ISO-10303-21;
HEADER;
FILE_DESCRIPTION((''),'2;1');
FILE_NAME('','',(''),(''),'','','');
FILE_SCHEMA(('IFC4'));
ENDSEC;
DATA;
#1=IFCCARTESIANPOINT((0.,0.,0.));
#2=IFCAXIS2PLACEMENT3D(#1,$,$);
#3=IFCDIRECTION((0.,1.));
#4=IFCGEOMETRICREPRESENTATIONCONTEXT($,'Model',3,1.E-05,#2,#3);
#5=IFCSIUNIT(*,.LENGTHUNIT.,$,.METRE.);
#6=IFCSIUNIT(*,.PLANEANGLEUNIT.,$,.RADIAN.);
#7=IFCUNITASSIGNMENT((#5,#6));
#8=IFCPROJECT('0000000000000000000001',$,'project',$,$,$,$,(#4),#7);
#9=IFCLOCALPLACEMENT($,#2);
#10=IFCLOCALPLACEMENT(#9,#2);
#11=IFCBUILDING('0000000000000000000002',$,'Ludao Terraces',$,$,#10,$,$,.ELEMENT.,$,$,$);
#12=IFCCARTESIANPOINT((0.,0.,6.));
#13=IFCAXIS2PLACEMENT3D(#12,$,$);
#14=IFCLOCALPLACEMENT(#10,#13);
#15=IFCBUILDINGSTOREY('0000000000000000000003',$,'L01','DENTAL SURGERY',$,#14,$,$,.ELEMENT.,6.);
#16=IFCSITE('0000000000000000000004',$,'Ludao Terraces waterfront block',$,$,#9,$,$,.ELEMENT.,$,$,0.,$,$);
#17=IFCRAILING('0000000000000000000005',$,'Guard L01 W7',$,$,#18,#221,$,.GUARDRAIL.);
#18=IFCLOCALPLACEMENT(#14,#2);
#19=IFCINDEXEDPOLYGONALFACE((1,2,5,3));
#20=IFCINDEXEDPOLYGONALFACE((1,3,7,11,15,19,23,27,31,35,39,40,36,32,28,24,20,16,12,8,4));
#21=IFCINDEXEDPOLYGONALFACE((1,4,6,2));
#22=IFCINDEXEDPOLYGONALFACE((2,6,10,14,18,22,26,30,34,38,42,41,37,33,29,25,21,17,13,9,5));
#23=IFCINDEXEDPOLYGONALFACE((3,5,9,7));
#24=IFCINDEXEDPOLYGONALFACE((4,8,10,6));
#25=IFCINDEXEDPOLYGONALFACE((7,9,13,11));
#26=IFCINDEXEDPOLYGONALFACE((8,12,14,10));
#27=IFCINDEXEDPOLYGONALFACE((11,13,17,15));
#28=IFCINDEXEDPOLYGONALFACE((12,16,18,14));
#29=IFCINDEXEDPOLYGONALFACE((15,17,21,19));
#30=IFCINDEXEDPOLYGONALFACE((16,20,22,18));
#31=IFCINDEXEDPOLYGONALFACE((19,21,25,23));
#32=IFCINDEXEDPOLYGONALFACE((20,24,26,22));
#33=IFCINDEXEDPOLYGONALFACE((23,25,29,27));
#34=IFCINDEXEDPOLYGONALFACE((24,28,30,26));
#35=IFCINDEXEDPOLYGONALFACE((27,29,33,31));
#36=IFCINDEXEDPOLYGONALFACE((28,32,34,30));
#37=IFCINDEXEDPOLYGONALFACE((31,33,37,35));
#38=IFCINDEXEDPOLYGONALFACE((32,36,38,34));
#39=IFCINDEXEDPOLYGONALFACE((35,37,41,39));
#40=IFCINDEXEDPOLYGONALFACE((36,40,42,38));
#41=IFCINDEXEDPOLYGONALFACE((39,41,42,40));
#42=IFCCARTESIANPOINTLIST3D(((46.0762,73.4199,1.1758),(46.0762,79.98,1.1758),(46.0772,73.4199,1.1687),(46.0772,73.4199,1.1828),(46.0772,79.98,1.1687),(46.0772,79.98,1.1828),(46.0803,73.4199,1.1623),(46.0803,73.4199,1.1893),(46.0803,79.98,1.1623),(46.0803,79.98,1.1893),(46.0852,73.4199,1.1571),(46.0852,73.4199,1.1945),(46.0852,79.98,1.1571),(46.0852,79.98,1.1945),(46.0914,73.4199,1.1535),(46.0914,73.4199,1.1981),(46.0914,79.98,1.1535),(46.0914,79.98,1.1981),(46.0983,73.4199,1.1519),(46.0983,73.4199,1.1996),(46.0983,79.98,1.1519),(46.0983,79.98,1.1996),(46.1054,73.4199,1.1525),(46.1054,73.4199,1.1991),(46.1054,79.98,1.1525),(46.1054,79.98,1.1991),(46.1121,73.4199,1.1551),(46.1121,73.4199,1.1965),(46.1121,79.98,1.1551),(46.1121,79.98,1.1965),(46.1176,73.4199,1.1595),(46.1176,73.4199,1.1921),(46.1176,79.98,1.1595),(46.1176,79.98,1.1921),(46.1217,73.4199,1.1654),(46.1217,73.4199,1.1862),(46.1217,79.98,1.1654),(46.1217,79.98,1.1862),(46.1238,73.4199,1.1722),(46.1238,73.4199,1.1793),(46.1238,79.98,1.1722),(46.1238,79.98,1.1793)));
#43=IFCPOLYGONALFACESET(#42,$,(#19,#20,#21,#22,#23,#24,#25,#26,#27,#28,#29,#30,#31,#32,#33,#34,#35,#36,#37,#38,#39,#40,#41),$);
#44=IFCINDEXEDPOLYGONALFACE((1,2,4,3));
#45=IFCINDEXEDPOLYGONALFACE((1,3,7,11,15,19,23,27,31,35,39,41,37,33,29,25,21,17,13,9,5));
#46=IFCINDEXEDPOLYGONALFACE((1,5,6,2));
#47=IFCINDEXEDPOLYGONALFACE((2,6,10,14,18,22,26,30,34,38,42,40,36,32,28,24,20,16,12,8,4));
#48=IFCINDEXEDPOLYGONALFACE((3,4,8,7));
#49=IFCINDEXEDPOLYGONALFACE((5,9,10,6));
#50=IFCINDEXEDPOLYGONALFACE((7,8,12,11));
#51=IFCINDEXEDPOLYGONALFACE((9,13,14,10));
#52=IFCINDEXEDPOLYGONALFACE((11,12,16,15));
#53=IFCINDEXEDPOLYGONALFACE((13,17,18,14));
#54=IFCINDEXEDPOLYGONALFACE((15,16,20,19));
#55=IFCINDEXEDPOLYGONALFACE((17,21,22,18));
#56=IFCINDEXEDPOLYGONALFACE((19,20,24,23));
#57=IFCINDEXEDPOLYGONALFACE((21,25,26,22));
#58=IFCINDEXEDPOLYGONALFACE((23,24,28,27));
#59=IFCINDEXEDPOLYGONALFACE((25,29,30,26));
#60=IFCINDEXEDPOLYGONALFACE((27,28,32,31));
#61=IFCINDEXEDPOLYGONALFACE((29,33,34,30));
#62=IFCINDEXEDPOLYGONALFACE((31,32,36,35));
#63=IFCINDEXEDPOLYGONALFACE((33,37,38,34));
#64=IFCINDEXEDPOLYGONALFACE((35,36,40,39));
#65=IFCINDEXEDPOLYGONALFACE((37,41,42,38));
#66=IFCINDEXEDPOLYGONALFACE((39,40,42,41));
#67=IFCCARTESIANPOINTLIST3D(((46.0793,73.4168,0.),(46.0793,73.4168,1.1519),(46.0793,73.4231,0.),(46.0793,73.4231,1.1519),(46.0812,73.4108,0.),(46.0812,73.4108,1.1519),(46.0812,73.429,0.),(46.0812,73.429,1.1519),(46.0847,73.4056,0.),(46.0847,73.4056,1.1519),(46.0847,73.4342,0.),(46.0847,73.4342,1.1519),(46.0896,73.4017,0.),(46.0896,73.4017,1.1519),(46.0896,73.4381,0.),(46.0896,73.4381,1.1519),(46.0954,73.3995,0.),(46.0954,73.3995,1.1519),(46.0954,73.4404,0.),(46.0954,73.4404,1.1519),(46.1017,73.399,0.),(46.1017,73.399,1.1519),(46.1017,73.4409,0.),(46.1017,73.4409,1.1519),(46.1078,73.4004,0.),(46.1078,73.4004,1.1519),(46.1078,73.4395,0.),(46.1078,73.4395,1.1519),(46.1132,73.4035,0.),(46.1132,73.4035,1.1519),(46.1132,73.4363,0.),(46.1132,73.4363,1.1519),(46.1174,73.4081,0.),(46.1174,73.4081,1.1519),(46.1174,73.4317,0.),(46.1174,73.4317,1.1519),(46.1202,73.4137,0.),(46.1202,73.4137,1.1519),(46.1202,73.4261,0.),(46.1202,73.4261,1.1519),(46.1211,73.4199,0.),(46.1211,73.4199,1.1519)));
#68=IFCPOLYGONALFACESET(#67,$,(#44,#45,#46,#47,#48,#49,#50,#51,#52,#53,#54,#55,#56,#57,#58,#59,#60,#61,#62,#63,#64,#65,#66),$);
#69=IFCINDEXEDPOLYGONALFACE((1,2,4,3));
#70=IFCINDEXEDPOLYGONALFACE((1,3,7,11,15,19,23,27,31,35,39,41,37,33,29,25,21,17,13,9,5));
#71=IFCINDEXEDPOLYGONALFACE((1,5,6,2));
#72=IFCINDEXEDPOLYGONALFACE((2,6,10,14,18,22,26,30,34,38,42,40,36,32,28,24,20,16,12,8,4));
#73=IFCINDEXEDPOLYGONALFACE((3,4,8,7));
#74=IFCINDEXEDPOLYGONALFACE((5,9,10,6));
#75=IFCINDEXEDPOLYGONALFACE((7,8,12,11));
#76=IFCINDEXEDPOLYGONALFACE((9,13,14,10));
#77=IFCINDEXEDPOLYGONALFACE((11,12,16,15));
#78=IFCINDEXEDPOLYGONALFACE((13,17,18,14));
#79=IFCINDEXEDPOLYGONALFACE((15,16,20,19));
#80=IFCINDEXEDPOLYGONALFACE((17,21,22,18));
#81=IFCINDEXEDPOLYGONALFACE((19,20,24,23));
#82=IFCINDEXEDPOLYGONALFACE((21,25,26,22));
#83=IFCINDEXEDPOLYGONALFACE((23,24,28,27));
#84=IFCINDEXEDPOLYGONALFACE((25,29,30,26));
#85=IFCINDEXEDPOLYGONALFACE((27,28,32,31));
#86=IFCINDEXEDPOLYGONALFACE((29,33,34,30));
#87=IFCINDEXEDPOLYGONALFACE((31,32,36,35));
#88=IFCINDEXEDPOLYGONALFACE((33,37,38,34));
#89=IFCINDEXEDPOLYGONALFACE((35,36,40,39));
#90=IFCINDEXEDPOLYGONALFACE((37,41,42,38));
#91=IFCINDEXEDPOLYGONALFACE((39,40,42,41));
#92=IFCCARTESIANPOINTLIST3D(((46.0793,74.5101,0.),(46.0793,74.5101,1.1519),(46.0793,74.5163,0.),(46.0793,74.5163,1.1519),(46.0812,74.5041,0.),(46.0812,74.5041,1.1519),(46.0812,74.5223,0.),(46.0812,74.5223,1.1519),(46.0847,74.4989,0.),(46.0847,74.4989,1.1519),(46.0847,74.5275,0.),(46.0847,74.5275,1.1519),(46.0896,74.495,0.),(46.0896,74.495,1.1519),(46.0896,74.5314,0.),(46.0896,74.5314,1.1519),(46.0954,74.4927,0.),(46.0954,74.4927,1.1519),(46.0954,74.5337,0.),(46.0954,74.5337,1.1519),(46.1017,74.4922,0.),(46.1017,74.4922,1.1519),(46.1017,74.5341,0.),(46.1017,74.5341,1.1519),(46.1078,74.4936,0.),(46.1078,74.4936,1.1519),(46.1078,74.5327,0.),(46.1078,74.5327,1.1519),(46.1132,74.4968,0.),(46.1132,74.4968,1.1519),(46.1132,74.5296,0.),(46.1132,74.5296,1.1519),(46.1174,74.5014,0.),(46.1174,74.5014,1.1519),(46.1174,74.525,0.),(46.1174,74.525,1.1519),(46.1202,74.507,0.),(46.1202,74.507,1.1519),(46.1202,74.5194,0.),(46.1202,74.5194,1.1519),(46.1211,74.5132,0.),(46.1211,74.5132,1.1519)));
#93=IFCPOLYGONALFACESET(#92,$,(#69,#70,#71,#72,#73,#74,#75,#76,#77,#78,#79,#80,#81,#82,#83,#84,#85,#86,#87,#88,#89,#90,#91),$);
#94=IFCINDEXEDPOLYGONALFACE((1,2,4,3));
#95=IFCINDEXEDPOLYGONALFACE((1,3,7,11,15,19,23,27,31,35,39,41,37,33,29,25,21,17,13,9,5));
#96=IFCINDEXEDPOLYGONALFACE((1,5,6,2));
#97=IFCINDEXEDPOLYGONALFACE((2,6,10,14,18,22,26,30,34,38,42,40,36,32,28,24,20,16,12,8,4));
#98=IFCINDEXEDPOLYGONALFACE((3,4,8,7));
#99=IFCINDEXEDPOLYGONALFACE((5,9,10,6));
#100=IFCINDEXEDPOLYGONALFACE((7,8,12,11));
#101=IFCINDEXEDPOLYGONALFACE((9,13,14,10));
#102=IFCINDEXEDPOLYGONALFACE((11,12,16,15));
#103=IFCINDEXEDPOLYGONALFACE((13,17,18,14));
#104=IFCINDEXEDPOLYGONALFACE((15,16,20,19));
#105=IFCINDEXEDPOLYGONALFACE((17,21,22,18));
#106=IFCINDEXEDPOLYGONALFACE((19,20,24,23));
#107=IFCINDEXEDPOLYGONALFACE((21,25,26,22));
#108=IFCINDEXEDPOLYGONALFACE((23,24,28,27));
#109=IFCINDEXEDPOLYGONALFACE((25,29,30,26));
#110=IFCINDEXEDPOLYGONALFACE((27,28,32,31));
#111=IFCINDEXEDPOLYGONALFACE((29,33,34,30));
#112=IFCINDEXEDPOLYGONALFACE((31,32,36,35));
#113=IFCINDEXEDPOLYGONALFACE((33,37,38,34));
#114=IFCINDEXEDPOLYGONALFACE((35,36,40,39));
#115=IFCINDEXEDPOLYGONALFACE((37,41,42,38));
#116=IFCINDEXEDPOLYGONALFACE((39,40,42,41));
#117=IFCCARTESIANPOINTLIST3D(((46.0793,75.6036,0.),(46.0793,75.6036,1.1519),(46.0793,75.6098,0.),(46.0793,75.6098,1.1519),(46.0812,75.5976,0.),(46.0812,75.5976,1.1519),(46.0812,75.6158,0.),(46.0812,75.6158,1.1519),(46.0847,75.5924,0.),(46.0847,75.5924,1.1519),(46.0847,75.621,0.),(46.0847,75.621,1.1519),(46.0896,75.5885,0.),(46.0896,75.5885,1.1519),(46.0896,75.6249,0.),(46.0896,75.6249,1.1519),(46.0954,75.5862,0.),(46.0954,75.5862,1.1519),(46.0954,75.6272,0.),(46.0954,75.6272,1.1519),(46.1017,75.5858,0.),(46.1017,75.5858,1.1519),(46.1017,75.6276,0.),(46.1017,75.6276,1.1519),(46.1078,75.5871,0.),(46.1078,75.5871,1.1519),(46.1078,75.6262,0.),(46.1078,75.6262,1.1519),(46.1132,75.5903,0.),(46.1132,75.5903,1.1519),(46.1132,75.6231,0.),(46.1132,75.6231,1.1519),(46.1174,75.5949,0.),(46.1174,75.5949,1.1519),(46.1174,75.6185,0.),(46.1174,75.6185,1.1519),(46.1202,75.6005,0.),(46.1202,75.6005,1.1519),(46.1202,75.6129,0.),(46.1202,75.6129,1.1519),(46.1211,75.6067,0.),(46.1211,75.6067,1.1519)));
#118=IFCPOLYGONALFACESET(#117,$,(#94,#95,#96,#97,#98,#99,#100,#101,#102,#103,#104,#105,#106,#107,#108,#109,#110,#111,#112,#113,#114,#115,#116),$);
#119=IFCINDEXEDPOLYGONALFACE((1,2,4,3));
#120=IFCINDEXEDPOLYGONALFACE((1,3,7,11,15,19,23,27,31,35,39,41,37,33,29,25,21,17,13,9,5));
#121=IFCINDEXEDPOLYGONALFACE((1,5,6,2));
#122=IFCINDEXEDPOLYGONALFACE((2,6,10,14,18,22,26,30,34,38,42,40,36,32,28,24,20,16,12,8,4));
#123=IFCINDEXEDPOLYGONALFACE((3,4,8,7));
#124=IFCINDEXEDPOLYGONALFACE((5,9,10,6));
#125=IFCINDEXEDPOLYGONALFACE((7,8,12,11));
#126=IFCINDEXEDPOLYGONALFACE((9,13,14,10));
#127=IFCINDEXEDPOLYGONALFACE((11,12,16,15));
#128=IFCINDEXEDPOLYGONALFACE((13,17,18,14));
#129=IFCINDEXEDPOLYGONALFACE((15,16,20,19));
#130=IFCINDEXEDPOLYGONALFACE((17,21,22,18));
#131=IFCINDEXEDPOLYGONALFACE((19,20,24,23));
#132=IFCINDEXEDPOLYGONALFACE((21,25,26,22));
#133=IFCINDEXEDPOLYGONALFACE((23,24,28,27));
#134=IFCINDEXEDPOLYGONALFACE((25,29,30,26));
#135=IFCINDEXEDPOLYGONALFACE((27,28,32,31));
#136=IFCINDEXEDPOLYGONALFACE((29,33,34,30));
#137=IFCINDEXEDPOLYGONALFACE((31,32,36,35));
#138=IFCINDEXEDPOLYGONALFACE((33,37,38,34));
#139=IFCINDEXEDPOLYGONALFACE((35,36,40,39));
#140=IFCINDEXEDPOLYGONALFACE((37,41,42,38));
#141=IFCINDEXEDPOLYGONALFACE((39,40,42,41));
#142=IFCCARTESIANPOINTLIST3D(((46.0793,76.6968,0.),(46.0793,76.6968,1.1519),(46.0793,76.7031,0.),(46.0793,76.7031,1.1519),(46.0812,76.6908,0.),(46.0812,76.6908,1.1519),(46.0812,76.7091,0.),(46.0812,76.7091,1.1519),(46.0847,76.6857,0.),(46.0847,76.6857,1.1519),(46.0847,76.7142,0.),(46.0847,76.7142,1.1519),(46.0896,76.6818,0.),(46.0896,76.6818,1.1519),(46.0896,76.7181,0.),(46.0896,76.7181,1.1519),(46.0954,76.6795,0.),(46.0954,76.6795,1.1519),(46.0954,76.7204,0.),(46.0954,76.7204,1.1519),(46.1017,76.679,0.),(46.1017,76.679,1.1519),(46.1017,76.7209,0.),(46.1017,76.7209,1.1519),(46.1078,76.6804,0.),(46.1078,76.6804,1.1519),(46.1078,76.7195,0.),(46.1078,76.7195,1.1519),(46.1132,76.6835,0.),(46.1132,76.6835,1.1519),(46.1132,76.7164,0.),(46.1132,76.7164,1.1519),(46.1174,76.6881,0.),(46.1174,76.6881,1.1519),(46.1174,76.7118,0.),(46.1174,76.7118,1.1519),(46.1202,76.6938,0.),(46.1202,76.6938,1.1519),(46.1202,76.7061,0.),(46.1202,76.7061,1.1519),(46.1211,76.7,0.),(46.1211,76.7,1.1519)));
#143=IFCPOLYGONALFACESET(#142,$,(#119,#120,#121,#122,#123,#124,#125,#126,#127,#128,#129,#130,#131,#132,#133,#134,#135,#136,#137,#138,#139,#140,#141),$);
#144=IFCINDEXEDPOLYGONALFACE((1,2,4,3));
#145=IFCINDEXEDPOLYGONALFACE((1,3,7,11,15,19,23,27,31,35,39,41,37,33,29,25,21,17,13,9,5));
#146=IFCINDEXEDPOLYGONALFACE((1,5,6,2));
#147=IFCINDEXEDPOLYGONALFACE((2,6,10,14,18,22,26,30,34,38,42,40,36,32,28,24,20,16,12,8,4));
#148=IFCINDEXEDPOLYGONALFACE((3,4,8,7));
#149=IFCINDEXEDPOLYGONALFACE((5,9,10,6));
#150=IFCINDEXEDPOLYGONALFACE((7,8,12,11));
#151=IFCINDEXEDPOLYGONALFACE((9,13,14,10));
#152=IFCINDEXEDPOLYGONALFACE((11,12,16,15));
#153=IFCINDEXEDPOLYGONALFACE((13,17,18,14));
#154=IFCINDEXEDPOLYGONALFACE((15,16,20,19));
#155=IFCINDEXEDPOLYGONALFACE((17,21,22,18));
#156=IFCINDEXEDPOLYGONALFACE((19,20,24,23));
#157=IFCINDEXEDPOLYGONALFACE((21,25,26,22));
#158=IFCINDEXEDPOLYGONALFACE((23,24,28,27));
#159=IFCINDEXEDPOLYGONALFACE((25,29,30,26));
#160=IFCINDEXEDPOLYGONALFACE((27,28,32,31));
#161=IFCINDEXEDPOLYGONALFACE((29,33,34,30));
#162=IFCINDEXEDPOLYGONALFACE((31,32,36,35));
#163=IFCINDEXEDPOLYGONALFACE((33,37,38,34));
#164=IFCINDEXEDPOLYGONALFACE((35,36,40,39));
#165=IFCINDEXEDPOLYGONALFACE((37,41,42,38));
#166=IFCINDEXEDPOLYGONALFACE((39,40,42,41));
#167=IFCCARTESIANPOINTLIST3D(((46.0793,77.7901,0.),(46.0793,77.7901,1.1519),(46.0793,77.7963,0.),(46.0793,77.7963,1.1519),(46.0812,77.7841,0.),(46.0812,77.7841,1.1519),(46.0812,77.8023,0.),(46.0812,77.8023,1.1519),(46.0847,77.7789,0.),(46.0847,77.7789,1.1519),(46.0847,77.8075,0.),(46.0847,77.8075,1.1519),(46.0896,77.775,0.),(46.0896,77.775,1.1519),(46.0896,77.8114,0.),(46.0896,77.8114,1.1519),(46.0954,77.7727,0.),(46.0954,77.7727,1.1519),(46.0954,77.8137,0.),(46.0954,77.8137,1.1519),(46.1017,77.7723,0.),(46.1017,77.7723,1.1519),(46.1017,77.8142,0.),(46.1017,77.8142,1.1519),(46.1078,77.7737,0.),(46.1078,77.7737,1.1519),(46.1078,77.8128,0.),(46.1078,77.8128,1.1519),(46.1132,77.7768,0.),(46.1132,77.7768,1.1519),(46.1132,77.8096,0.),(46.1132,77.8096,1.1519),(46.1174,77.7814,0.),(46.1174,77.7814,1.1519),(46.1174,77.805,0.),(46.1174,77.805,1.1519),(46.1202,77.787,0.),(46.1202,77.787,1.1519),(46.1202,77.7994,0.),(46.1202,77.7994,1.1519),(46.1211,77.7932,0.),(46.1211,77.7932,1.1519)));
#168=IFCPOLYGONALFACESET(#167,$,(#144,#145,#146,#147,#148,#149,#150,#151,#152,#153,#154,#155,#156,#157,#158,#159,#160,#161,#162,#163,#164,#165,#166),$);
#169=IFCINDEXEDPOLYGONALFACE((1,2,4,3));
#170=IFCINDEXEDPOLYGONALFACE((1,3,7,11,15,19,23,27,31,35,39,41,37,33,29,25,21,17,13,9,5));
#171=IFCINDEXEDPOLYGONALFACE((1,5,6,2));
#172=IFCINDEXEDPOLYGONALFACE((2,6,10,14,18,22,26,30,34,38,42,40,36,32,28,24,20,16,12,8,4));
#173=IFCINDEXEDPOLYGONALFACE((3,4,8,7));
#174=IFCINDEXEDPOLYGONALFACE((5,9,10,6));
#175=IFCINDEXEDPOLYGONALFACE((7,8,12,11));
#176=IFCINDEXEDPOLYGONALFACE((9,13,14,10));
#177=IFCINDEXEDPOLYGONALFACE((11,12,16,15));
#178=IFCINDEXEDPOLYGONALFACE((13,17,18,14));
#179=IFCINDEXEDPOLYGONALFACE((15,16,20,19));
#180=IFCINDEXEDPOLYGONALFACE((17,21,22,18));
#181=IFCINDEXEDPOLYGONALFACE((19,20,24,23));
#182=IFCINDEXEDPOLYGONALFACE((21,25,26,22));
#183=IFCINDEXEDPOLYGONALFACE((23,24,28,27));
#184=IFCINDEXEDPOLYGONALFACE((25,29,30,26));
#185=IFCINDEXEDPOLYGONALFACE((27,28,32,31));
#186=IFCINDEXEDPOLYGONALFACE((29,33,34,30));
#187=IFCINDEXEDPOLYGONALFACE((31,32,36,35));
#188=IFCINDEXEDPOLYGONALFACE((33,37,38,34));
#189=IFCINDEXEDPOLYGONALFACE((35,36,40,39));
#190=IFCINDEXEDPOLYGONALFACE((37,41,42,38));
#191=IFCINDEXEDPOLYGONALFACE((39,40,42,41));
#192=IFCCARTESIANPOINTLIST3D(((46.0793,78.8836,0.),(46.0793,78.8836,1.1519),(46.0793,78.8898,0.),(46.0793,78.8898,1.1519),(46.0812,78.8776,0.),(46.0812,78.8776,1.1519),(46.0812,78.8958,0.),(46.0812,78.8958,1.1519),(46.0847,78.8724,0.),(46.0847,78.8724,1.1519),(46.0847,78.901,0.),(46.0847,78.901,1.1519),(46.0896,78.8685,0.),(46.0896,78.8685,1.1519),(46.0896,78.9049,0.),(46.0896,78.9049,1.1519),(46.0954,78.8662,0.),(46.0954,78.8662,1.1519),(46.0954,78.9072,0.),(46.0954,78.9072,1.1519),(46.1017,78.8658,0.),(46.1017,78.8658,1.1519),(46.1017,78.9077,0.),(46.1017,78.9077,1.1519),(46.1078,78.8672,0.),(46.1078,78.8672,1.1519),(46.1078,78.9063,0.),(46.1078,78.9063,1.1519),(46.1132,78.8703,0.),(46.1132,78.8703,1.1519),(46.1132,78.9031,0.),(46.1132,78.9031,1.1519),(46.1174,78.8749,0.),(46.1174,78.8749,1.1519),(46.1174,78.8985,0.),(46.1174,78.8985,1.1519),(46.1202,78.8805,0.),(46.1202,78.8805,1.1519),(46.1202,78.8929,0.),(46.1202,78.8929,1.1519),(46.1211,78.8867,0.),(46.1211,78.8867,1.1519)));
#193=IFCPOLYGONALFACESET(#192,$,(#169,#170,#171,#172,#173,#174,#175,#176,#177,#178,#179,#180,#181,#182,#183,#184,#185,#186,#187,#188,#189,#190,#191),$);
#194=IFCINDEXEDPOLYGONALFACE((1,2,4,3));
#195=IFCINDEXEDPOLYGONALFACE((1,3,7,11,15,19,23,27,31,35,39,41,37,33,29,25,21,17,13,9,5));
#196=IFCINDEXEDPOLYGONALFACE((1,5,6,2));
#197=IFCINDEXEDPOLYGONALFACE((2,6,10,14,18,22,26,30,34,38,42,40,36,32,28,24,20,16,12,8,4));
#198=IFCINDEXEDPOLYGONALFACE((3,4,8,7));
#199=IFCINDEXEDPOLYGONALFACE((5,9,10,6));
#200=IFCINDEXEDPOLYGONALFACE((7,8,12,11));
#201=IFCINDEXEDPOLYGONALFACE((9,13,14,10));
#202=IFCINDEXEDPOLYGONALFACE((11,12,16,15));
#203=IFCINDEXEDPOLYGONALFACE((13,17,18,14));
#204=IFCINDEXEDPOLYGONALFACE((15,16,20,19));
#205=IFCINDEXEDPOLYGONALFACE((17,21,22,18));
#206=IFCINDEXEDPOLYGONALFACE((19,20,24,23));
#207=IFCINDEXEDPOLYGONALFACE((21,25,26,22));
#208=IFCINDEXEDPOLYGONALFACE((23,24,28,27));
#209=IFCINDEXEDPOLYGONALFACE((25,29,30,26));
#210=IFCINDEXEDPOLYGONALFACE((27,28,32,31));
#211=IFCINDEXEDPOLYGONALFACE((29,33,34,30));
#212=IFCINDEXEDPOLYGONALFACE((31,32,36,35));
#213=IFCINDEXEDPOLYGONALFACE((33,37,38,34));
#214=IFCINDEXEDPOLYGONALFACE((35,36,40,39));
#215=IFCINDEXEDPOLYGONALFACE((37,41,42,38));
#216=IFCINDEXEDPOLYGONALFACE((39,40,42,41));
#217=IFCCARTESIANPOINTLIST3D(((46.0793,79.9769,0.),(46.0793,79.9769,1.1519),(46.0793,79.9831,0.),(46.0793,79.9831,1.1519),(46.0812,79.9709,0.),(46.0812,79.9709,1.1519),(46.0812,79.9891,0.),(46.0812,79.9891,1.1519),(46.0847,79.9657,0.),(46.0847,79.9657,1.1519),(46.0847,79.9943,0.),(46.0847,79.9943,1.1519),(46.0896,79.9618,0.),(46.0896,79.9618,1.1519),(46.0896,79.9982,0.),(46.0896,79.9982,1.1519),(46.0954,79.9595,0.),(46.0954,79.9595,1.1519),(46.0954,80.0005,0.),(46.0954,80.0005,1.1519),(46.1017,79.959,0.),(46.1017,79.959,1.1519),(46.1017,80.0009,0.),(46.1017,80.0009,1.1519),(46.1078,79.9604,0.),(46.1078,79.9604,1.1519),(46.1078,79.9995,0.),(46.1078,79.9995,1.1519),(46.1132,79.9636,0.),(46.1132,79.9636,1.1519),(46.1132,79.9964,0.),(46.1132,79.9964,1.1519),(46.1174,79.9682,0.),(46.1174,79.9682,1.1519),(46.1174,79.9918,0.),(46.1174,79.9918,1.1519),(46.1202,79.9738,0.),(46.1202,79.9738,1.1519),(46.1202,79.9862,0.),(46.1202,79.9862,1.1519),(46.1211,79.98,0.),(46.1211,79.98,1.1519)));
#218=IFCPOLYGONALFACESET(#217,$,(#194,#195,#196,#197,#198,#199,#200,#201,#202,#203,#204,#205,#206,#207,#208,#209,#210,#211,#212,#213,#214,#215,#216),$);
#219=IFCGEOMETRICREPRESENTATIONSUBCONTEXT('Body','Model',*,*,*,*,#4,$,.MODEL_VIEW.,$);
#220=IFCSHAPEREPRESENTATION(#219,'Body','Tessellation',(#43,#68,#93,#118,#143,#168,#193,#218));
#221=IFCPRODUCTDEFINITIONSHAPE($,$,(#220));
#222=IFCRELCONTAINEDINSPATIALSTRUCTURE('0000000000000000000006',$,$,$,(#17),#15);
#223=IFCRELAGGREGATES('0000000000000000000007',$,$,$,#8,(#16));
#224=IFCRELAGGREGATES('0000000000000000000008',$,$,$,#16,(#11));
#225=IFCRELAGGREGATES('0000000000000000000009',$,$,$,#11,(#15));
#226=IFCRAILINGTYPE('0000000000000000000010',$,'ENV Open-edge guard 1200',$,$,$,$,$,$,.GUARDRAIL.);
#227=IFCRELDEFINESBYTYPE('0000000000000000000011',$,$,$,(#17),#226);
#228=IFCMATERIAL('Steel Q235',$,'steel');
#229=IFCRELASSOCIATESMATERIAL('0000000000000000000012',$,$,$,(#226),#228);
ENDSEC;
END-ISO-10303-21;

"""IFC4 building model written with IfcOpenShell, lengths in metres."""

from ifc_helpers import new_model, si_unit, direction, frame, origin, origin_2d, place, context, subcontext, project, spatial, circle, extrude, material, type_object, element, save


model = new_model("IFC4")

# Units and contexts
model_context = context("Model", 3, precision=1e-05, world=origin(), true_north=direction((0.0, 1.0)))
body_context = subcontext(model_context, "Body", "Model", "MODEL_VIEW")
ifc_project = project(units=[si_unit("LENGTHUNIT", "METRE"), si_unit("PLANEANGLEUNIT", "RADIAN")], contexts=[model_context])

# Site, building, storey
site_placement = place(None, origin())
site = spatial("IfcSite", under=ifc_project, at=site_placement, Name="Ludao Terraces waterfront block", CompositionType="ELEMENT", RefElevation=0.0)
building_placement = place(site_placement, origin())
building = spatial("IfcBuilding", under=site, at=building_placement, Name="Ludao Terraces", CompositionType="ELEMENT")
storey_placement = place(building_placement, frame((0.0, 0.0, 6.0)))
storey = spatial("IfcBuildingStorey", under=building, at=storey_placement, Name="L01", Description="DENTAL SURGERY", CompositionType="ELEMENT", Elevation=6.0)

# Shared definitions
ifc_material_1 = material(Name="Steel Q235", Category="steel")

# Railing
railing_type = type_object("IfcRailingType", Name="ENV Open-edge guard 1200", PredefinedType="GUARDRAIL", material=ifc_material_1)
railing_placement = place(storey_placement, frame((46.1001, 73.4199, 0.0)))
element("IfcRailing", 1, at=railing_placement, inside=storey, type_object=railing_type, Name="Guard L01 W7", PredefinedType="GUARDRAIL", context=body_context, shape_type="SweptSolid", body=[
    extrude(circle(Radius=0.0239, at=origin_2d()), frame((0.0, 0.0, 1.1758), z_axis=(0.0, 1.0, 0.0), x_axis=(-1.0, 0.0, 0.0)), (0.0, 0.0, 1.0), 6.5601),
    extrude(circle(Radius=0.021, at=origin_2d()), origin(), (0.0, 0.0, 1.0), 1.1519),
    extrude(circle(Radius=0.021, at=origin_2d()), frame((0.0, 1.0933, 0.0)), (0.0, 0.0, 1.0), 1.1519),
    extrude(circle(Radius=0.021, at=origin_2d()), frame((0.0, 2.1868, 0.0)), (0.0, 0.0, 1.0), 1.1519),
    extrude(circle(Radius=0.021, at=origin_2d()), frame((0.0, 3.28, 0.0)), (0.0, 0.0, 1.0), 1.1519),
    extrude(circle(Radius=0.021, at=origin_2d()), frame((0.0, 4.3733, 0.0)), (0.0, 0.0, 1.0), 1.1519),
    extrude(circle(Radius=0.021, at=origin_2d()), frame((0.0, 5.4668, 0.0)), (0.0, 0.0, 1.0), 1.1519),
    extrude(circle(Radius=0.021, at=origin_2d()), frame((0.0, 6.5601, 0.0)), (0.0, 0.0, 1.0), 1.1519),
])

save(model, "model.ifc")
